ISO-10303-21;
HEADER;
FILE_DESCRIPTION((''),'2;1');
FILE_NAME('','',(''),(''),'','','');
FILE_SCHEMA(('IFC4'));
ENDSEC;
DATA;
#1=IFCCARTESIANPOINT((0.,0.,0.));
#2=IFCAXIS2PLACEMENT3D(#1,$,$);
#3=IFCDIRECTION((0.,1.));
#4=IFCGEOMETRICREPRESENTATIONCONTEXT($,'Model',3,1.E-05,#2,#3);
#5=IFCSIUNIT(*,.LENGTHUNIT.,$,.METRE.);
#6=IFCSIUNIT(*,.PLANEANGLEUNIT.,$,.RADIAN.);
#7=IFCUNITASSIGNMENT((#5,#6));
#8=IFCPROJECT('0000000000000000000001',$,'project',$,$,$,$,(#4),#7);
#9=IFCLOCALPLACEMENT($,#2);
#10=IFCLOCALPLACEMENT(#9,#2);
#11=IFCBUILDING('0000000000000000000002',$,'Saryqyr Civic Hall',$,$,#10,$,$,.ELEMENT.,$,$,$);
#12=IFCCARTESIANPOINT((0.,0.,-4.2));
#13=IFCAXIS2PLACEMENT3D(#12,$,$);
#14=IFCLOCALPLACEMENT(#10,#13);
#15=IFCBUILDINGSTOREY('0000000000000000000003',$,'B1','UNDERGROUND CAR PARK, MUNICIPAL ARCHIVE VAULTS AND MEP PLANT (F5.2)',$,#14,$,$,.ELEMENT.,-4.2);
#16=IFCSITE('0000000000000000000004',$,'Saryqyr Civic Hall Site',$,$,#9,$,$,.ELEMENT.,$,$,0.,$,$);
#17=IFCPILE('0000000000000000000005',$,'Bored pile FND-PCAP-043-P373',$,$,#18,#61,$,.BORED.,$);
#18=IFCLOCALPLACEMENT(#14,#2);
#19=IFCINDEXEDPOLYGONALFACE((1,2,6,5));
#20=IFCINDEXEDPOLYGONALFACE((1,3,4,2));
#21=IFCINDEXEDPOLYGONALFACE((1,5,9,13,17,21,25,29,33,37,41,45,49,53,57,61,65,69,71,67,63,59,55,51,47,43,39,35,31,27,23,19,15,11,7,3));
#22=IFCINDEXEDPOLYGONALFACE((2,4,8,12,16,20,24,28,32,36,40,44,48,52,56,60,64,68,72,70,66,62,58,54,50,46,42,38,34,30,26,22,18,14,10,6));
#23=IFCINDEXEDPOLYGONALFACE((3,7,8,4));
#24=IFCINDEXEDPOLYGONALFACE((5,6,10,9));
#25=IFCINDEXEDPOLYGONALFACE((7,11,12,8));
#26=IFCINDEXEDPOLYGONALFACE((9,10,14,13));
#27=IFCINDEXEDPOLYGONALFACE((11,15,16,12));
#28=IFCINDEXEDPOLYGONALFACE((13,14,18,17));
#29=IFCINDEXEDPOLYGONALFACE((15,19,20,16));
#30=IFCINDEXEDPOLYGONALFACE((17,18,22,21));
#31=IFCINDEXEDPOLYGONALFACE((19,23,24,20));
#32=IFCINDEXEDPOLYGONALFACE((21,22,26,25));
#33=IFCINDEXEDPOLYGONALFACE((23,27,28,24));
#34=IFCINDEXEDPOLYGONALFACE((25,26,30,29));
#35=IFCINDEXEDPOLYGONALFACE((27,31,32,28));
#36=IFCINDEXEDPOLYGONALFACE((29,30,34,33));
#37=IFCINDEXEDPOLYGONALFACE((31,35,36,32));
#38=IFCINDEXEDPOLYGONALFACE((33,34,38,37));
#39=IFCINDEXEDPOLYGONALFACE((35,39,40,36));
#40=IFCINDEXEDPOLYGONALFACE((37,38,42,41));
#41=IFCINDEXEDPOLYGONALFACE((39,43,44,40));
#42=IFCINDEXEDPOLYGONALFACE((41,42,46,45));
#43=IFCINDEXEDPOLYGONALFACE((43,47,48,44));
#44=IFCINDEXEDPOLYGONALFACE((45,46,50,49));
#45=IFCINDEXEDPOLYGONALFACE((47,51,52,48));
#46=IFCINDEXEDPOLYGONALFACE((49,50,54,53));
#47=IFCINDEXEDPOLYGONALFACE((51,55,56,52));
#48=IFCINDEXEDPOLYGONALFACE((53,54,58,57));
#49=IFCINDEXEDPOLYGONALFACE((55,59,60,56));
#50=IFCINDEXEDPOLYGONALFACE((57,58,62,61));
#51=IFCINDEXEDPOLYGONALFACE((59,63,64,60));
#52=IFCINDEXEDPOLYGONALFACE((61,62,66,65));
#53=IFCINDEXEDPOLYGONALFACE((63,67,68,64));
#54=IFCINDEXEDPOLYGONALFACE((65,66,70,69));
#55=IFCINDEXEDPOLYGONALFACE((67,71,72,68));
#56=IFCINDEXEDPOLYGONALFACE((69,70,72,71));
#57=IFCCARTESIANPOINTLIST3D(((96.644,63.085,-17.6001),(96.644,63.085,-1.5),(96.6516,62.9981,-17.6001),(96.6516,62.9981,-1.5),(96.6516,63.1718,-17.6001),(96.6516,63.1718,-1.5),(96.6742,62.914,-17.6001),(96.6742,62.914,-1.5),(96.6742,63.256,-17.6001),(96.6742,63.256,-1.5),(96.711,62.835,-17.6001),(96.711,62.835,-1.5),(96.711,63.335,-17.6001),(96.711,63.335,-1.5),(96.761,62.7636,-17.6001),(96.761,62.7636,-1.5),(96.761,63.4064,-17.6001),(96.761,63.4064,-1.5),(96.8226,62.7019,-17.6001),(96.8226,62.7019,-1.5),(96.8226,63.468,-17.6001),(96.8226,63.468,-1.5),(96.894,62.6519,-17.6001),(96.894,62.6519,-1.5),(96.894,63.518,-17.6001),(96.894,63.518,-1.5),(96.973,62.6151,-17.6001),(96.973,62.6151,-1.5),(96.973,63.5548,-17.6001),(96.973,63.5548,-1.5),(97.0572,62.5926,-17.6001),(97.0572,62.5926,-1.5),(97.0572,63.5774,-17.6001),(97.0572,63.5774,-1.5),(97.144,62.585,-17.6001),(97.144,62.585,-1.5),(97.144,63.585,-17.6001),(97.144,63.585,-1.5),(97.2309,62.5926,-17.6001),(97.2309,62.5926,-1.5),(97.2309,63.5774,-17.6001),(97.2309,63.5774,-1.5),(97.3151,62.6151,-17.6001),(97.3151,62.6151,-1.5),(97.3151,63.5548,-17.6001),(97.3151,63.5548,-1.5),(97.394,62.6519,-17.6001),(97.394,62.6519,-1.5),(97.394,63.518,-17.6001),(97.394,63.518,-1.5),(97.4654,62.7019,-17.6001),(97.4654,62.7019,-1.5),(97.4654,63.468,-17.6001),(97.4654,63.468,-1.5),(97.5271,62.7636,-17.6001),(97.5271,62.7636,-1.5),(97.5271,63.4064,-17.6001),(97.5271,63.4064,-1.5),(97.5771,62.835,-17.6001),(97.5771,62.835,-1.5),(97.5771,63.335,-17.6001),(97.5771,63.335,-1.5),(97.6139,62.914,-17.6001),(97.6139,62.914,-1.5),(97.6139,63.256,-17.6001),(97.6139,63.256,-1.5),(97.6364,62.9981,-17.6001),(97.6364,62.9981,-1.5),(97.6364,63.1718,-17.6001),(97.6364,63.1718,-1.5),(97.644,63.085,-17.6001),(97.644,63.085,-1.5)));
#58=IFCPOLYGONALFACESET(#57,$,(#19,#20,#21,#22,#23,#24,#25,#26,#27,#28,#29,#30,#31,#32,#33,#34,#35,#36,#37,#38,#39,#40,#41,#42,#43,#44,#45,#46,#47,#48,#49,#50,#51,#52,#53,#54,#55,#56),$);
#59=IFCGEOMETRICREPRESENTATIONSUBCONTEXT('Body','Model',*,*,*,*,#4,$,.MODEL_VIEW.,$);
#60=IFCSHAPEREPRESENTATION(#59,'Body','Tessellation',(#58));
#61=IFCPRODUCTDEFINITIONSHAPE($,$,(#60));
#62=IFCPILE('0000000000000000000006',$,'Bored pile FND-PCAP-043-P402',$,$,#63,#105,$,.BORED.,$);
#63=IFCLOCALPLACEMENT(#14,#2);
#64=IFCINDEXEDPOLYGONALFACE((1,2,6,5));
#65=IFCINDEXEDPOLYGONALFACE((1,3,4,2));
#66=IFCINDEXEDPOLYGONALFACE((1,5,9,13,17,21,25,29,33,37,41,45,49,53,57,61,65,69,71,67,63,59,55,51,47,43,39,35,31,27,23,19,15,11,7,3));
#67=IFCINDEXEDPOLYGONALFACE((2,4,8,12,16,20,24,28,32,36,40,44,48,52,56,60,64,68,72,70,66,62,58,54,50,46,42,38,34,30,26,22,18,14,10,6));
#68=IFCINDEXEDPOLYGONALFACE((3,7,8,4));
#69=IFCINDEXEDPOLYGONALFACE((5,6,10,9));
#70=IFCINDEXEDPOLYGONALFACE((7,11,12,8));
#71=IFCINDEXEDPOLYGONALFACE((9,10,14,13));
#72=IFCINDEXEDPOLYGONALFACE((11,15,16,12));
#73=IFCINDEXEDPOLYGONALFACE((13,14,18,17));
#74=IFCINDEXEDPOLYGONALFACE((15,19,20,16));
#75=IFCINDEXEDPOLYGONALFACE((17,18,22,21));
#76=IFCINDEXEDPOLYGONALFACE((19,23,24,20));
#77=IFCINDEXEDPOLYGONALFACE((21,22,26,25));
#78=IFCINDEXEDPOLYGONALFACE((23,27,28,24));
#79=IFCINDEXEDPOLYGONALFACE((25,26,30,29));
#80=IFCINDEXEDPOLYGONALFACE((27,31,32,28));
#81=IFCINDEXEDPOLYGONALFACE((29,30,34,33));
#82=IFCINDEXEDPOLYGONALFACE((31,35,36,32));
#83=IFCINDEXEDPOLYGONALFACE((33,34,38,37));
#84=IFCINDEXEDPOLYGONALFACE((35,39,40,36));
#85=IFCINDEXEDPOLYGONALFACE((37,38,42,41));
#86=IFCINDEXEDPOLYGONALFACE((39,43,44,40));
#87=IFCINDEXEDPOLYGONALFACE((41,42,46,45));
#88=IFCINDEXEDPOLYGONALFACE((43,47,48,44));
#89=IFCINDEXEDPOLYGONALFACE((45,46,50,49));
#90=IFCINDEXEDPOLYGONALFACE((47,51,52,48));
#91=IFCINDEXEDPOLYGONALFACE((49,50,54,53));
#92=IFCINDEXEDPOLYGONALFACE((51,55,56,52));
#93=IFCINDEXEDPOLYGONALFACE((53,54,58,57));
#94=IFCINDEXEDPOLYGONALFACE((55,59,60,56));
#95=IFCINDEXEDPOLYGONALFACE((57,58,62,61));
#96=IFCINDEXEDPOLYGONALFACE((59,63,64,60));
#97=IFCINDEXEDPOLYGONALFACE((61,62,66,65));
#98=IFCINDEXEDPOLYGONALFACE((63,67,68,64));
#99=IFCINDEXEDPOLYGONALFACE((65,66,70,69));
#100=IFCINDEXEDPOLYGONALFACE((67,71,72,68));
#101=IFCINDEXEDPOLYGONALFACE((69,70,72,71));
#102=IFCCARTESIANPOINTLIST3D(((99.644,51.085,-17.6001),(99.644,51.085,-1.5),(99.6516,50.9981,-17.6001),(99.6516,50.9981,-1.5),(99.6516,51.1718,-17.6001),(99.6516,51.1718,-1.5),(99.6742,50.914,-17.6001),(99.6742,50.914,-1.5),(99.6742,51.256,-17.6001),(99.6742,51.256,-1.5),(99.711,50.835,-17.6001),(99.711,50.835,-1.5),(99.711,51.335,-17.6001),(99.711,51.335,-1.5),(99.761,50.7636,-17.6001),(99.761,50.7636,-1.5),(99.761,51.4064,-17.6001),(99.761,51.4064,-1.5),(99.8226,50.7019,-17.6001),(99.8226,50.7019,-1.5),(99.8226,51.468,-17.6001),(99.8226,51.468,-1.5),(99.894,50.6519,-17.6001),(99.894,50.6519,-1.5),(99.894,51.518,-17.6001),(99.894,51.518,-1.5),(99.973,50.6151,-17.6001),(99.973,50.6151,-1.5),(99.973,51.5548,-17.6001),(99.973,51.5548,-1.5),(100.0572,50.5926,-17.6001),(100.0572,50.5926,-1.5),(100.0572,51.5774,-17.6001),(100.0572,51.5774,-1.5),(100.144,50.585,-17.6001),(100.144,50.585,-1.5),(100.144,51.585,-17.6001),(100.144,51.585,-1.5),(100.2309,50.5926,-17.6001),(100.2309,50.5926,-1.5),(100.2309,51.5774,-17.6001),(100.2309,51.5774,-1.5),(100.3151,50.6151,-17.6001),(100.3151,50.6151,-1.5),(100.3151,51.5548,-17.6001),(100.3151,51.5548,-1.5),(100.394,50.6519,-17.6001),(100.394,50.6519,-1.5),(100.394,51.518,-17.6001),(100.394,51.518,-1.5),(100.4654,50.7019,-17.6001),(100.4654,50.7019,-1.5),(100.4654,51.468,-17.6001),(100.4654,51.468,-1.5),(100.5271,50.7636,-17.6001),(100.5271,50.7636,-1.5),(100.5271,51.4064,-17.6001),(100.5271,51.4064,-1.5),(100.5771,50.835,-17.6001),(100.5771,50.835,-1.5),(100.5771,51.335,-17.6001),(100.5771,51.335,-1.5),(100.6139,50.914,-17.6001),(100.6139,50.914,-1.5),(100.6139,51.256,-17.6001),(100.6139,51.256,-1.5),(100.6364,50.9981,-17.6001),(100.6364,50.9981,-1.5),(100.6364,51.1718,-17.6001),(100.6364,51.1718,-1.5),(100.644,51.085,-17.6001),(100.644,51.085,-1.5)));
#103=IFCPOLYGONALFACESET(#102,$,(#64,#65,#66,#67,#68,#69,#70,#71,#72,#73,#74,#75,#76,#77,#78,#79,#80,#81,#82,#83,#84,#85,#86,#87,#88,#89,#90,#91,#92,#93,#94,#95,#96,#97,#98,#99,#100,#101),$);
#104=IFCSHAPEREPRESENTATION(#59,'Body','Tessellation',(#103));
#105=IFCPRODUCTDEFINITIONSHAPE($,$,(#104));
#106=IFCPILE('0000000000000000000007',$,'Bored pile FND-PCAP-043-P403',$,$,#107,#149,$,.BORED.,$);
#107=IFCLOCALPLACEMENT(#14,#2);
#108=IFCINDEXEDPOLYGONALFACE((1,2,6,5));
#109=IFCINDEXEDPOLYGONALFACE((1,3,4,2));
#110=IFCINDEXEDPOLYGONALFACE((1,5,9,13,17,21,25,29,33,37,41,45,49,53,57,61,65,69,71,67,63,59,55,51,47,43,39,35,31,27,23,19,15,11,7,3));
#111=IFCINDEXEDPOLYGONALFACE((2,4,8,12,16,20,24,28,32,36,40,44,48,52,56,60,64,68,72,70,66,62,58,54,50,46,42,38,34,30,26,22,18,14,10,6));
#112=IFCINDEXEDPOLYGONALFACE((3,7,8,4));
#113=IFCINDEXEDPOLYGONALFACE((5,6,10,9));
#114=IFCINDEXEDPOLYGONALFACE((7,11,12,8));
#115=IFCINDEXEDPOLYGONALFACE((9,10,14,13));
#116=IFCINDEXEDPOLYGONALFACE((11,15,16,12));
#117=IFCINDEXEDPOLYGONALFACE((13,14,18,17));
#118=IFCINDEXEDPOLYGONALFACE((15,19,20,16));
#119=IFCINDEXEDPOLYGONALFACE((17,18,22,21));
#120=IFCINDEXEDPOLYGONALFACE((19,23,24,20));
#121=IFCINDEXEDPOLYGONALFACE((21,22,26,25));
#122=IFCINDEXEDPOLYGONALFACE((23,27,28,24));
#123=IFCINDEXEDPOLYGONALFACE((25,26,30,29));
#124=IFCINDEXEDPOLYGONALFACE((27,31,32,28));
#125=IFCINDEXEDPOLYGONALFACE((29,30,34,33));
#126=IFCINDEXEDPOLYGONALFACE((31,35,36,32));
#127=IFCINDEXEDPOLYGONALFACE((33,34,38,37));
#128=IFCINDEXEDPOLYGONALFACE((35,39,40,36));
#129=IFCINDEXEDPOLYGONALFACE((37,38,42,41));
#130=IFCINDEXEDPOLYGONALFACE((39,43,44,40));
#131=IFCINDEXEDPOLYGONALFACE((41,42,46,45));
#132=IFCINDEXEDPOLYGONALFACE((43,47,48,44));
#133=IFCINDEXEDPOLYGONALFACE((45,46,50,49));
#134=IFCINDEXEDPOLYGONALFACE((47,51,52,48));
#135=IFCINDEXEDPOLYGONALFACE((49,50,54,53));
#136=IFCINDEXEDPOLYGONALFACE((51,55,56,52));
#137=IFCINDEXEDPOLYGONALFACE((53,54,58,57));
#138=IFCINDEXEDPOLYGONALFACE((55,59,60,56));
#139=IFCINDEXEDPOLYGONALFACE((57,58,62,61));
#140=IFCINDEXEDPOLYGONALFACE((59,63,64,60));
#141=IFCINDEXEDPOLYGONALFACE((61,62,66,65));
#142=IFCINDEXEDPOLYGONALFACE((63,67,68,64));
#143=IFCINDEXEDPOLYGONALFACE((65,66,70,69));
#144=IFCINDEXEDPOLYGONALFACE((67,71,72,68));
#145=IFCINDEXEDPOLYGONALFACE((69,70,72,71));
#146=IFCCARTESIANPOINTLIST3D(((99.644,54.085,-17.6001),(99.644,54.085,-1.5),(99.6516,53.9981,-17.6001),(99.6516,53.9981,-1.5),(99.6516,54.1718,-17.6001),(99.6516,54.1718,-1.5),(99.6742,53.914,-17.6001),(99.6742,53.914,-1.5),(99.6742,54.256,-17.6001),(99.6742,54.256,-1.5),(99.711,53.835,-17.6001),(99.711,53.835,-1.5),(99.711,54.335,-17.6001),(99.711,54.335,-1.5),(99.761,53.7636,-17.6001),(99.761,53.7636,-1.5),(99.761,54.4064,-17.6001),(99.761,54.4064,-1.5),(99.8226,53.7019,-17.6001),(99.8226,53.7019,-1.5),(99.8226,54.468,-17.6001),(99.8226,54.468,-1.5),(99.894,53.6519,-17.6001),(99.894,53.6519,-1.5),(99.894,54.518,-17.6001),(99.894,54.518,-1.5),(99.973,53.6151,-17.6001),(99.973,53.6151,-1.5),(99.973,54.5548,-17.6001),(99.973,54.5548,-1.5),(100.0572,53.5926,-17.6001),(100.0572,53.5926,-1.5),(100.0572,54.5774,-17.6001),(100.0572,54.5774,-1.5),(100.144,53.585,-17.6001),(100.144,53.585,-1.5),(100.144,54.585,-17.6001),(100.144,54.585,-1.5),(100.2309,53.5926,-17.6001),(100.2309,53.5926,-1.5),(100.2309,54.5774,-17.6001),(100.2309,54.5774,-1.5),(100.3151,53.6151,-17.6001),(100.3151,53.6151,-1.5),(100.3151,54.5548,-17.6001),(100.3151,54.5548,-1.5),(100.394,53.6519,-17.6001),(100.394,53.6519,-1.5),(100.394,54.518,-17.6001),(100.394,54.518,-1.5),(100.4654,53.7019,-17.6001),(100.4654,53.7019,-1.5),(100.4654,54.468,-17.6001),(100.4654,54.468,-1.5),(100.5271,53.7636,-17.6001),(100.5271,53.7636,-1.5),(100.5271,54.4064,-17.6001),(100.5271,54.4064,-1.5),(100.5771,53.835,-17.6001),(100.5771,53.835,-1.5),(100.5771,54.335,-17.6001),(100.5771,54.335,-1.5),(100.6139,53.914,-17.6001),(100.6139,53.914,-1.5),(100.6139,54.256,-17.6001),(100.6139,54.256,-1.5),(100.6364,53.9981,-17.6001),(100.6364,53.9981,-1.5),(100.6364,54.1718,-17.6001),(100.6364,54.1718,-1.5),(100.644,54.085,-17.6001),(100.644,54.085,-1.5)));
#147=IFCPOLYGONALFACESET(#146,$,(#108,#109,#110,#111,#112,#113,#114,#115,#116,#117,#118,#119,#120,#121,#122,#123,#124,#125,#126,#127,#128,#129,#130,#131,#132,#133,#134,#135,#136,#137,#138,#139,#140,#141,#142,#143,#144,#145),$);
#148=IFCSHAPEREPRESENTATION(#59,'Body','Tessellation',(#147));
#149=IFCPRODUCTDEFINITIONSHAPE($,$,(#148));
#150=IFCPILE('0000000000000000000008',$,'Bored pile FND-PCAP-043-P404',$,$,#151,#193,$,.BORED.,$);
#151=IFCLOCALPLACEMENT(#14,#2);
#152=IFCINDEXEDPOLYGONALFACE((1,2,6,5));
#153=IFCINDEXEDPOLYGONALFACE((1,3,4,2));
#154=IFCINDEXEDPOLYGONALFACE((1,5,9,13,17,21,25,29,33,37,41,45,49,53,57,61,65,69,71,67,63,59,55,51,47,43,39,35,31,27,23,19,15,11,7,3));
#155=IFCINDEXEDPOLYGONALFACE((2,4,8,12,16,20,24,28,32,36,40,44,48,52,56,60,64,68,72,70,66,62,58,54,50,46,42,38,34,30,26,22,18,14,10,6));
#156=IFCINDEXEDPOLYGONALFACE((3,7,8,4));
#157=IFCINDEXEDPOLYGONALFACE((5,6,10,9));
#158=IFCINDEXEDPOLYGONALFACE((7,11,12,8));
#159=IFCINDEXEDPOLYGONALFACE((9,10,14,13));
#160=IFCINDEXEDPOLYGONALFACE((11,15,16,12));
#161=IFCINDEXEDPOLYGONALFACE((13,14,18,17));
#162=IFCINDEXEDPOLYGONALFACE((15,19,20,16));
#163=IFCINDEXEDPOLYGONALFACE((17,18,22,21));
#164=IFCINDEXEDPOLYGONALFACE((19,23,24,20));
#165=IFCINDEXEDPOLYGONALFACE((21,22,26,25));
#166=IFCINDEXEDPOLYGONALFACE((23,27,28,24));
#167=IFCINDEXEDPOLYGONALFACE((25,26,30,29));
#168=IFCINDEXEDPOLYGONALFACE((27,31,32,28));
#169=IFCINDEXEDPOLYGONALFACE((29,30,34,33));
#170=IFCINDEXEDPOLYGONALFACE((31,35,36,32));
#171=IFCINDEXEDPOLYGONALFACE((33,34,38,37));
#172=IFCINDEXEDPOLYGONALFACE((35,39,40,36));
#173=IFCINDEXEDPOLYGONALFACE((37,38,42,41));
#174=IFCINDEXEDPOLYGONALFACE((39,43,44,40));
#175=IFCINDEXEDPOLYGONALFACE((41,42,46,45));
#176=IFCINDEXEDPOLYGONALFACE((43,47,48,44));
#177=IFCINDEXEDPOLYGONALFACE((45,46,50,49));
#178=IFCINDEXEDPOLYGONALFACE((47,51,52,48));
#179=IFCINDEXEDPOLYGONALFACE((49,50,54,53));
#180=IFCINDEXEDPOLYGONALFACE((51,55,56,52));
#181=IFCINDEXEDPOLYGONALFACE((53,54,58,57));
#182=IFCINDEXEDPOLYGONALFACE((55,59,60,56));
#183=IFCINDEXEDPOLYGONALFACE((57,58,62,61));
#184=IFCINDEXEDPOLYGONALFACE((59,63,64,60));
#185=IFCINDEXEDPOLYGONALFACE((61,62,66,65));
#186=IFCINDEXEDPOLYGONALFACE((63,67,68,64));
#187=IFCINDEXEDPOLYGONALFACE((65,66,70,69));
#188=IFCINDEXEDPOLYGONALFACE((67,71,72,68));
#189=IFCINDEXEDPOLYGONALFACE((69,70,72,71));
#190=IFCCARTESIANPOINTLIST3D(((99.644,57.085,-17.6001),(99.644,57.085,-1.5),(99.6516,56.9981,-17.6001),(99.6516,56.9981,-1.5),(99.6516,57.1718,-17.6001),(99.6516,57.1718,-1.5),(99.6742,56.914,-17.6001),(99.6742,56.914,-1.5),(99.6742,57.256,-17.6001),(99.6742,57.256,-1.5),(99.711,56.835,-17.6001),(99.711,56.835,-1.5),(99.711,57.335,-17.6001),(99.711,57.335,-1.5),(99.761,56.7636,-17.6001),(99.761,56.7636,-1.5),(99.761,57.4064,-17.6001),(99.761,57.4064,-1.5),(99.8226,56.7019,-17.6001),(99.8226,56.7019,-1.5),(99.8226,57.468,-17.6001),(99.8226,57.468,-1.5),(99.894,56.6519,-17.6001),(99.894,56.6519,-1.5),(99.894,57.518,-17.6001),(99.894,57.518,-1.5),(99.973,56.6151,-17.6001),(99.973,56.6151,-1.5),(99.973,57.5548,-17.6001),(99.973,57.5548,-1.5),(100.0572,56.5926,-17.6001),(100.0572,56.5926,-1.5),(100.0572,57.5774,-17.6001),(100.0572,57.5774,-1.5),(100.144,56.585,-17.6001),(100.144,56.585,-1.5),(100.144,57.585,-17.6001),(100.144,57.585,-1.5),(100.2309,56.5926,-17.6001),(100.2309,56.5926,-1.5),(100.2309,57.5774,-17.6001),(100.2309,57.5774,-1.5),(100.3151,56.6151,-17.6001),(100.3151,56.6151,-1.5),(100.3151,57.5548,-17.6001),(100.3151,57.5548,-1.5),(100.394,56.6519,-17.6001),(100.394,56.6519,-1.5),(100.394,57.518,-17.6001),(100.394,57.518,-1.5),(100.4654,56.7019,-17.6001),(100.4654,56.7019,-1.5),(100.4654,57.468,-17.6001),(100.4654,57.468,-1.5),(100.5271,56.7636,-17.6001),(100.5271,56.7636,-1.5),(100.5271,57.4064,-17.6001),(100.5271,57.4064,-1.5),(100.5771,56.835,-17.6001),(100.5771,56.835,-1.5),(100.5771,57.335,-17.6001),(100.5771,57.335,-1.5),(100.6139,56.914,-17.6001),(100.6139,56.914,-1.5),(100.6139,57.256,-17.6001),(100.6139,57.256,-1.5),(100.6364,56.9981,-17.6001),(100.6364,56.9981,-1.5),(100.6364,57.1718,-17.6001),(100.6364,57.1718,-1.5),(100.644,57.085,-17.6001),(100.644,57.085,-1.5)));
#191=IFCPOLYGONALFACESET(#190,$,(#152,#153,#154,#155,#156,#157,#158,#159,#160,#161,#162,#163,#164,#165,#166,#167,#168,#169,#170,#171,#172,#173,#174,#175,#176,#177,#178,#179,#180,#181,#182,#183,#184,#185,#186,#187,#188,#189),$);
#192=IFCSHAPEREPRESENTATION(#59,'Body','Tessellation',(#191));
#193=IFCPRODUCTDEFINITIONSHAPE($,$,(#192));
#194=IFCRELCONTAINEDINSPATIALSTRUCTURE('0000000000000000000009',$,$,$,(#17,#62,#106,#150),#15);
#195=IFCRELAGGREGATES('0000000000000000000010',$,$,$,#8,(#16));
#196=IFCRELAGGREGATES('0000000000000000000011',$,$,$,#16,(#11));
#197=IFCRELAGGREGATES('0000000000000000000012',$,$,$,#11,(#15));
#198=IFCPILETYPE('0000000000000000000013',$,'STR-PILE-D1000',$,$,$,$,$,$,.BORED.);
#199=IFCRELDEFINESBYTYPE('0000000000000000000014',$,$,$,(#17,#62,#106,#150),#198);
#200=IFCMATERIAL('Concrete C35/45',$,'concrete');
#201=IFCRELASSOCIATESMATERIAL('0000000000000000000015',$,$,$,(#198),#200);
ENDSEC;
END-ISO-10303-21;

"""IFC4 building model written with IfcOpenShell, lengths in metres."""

from ifc_helpers import new_model, si_unit, direction, frame, origin, origin_2d, place, context, subcontext, project, spatial, circle, extrude, material, material_profile, profile_set, type_object, element, save


model = new_model("IFC4")

# Units and contexts
model_context = context("Model", 3, precision=1e-05, world=origin(), true_north=direction((0.0, 1.0)))
body_context = subcontext(model_context, "Body", "Model", "MODEL_VIEW")
ifc_project = project(units=[si_unit("LENGTHUNIT", "METRE"), si_unit("PLANEANGLEUNIT", "RADIAN")], contexts=[model_context])

# Site, building, storey
site_placement = place(None, origin())
site = spatial("IfcSite", under=ifc_project, at=site_placement, Name="Saryqyr Civic Hall Site", CompositionType="ELEMENT", RefElevation=0.0)
building_placement = place(site_placement, origin())
building = spatial("IfcBuilding", under=site, at=building_placement, Name="Saryqyr Civic Hall", CompositionType="ELEMENT")
storey_placement = place(building_placement, frame((0.0, 0.0, -4.2)))
storey = spatial("IfcBuildingStorey", under=building, at=storey_placement, Name="B1", Description="UNDERGROUND CAR PARK, MUNICIPAL ARCHIVE VAULTS AND MEP PLANT (F5.2)", CompositionType="ELEMENT", Elevation=-4.2)

# Piles
ifc_material_1 = material(Name="Concrete C35/45", Category="concrete")
ifc_material_profile_1 = material_profile(ifc_material_1, circle(Radius=0.5, at=origin_2d()), Name="BORED PILE D1000")
ifc_profile_set_1 = profile_set([ifc_material_profile_1], Name="Concrete C35/45")
pile_type = type_object("IfcPileType", Name="STR-PILE-D1000", PredefinedType="BORED", material=ifc_profile_set_1)
for number, where, z_axis, x_axis, name in (
    (1, (97.144, 63.085, -1.5), (0.0, 0.0, -1.0), (1.0, 0.0, 0.0), "Bored pile FND-PCAP-043-P373"),
    (2, (100.144, 51.085, -1.5), (0.0, 0.0, -1.0), (1.0, 0.0, 0.0), "Bored pile FND-PCAP-043-P402"),
    (3, (100.144, 54.085, -1.5), (0.0, 0.0, -1.0), (1.0, 0.0, 0.0), "Bored pile FND-PCAP-043-P403"),
    (4, (100.144, 57.085, -1.5), (0.0, 0.0, -1.0), (1.0, 0.0, 0.0), "Bored pile FND-PCAP-043-P404"),
):
    element("IfcPile", number, at=place(storey_placement, frame(where, z_axis=z_axis, x_axis=x_axis)), inside=storey, type_object=pile_type, Name=name, PredefinedType="BORED", context=body_context, shape_type="SweptSolid", body=[
        extrude(circle(Radius=0.5, at=origin_2d()), origin(), (0.0, 0.0, 1.0), 16.1001),
    ])

save(model, "model.ifc")
